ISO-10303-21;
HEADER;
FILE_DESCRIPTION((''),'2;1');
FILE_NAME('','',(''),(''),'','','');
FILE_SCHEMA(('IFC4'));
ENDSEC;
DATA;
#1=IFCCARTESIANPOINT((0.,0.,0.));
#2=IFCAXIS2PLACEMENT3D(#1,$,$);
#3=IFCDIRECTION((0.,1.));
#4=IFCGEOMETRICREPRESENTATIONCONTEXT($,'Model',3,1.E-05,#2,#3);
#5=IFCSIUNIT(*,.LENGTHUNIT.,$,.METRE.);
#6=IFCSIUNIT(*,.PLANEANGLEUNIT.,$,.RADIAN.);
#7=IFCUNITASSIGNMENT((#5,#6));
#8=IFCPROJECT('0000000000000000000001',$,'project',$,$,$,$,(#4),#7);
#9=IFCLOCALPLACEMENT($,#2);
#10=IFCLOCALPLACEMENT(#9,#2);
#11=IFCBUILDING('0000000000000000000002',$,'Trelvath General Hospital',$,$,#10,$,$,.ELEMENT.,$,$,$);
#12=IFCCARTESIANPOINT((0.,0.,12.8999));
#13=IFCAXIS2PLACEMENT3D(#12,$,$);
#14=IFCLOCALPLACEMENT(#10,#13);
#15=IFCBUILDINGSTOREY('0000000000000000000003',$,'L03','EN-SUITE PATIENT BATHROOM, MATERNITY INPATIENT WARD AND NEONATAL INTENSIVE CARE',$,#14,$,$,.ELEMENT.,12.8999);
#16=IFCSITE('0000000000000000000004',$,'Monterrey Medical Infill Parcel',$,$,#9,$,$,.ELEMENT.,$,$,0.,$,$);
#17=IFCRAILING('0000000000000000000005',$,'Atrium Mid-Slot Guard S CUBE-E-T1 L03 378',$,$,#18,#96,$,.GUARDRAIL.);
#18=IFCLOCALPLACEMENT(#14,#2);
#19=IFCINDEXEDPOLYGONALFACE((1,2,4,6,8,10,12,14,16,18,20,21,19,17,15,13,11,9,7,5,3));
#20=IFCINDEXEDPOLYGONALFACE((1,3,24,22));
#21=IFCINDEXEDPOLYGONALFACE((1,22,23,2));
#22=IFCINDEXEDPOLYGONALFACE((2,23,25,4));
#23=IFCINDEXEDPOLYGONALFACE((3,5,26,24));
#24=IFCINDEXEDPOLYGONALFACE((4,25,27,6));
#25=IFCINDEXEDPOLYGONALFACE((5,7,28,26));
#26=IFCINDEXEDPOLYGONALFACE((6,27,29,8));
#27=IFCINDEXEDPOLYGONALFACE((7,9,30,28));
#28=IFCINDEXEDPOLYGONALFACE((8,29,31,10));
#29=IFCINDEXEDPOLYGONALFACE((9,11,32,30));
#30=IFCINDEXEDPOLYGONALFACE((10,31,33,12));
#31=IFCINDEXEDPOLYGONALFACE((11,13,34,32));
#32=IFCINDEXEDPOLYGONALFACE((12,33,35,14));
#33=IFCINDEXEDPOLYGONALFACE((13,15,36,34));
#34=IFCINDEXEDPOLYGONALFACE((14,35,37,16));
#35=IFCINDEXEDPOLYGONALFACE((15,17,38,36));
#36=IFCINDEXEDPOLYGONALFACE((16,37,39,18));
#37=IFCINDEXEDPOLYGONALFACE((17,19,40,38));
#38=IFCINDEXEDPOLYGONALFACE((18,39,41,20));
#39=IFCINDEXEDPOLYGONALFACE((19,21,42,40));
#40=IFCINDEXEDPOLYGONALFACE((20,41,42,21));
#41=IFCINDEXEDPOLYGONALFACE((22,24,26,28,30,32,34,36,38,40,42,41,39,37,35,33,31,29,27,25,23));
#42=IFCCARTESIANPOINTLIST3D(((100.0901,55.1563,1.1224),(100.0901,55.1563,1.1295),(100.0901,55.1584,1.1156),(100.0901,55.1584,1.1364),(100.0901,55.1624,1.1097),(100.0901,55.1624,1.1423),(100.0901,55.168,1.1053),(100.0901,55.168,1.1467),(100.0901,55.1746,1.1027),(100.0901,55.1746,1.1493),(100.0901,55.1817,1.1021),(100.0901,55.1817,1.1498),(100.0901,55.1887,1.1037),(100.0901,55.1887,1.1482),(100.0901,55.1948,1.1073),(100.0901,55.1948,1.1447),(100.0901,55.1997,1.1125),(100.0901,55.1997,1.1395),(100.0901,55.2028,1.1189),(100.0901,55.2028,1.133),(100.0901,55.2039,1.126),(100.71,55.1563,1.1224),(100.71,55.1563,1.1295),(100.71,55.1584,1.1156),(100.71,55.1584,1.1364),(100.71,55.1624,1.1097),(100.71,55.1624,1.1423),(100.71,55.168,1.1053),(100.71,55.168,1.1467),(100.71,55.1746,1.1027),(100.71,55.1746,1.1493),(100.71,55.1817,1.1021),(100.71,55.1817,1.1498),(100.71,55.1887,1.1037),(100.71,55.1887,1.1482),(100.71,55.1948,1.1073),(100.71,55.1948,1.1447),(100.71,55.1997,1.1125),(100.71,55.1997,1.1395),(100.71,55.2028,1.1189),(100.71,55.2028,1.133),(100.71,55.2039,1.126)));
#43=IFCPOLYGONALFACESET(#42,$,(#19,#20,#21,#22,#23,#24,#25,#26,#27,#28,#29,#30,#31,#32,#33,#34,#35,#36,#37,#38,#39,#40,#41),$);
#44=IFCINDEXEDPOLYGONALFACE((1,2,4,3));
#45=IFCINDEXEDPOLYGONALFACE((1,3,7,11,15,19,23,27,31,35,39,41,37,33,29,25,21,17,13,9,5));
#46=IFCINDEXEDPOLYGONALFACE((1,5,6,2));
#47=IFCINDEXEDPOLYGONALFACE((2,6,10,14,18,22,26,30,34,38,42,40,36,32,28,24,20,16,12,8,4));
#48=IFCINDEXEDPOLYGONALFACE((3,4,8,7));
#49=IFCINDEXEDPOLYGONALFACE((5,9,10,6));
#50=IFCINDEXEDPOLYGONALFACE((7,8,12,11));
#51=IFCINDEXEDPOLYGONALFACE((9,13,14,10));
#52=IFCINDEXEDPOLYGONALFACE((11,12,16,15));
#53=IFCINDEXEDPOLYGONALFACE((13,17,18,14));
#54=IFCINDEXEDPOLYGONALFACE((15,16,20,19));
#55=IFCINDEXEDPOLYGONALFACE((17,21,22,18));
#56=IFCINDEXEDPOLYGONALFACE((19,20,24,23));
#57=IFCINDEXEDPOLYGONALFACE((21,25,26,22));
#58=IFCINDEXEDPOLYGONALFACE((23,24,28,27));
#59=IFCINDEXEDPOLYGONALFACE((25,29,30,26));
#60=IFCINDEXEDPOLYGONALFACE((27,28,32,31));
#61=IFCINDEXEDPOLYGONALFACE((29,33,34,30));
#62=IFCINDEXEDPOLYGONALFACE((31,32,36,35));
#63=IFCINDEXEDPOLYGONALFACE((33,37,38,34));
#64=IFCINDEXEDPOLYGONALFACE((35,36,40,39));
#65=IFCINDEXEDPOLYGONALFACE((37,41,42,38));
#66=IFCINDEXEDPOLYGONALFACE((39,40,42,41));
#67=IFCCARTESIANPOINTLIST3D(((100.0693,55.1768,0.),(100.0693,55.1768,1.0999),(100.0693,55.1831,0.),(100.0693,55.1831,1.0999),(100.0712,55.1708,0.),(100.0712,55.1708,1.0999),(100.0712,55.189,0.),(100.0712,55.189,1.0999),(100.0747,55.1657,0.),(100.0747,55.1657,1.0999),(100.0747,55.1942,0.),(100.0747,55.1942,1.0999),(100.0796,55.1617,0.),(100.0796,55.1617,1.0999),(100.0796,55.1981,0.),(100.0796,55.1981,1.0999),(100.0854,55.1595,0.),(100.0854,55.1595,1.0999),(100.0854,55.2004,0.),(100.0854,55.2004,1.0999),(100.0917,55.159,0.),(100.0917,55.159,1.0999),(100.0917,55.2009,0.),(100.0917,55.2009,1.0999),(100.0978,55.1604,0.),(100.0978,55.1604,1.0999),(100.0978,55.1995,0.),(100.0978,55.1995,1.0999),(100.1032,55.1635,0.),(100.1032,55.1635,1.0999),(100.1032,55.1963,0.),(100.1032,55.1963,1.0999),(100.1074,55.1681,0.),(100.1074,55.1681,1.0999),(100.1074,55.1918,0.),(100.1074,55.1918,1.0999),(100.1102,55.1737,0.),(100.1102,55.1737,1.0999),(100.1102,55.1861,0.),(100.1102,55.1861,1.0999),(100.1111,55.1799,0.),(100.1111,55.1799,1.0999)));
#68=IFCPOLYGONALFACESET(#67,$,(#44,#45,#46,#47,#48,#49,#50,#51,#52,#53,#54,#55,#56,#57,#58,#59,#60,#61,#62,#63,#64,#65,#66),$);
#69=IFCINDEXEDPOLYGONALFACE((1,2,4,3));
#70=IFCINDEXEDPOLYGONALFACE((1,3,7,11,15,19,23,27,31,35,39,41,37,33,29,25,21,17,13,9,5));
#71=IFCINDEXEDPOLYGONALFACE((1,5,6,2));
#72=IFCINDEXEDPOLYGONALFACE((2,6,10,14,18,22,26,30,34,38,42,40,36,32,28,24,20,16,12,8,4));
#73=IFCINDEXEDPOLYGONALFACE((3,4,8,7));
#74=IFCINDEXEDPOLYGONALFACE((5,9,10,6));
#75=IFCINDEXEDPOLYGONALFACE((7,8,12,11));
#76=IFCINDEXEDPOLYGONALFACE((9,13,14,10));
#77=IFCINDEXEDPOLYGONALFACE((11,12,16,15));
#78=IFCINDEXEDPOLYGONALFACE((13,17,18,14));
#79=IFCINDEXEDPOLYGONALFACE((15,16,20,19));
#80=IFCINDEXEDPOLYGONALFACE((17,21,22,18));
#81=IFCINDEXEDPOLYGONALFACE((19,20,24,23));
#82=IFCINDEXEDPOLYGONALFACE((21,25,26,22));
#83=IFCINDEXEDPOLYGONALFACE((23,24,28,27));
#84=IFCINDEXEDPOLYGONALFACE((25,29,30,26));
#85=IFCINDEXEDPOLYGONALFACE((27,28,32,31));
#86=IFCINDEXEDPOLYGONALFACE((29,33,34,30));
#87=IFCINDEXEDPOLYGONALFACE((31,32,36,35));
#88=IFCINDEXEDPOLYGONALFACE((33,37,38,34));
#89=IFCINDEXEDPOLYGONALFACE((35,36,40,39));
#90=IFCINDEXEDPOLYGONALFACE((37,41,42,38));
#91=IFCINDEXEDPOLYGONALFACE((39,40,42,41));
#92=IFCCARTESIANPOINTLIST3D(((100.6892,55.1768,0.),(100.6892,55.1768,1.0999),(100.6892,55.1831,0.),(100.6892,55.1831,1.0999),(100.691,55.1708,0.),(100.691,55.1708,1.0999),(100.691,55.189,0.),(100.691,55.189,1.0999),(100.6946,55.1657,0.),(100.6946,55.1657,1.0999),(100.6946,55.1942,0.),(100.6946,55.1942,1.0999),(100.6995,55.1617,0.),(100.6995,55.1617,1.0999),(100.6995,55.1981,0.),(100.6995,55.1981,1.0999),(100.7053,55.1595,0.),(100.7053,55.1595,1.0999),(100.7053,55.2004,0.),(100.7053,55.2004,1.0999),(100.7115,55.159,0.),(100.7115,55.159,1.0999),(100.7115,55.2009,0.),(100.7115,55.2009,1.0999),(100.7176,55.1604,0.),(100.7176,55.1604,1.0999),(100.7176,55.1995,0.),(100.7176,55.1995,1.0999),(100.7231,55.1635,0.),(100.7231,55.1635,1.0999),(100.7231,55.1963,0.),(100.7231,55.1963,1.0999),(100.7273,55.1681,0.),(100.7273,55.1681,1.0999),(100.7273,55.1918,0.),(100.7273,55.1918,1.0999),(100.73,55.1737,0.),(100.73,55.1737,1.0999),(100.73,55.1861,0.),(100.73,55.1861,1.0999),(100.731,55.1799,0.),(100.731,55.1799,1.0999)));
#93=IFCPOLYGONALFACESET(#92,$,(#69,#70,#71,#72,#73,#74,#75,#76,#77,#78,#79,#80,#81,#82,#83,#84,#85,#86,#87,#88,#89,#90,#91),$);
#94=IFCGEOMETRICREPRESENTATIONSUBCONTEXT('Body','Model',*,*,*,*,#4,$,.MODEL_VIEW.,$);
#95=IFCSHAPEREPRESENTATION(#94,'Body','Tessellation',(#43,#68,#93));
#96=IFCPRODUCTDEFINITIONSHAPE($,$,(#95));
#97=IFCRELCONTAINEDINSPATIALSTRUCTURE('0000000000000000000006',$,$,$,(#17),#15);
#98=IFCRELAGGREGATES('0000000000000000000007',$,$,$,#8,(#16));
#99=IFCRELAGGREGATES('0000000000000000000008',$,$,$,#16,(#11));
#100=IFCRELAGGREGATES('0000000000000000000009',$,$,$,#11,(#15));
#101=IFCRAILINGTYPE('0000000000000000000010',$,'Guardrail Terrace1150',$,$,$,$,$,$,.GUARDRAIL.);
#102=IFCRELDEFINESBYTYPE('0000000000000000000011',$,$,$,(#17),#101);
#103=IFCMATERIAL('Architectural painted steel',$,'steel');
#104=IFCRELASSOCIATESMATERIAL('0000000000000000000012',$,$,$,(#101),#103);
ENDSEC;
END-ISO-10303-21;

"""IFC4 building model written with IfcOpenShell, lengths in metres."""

from ifc_helpers import new_model, si_unit, direction, frame, origin, origin_2d, place, context, subcontext, project, spatial, circle, extrude, material, type_object, element, save


model = new_model("IFC4")

# Units and contexts
model_context = context("Model", 3, precision=1e-05, world=origin(), true_north=direction((0.0, 1.0)))
body_context = subcontext(model_context, "Body", "Model", "MODEL_VIEW")
ifc_project = project(units=[si_unit("LENGTHUNIT", "METRE"), si_unit("PLANEANGLEUNIT", "RADIAN")], contexts=[model_context])

# Site, building, storey
site_placement = place(None, origin())
site = spatial("IfcSite", under=ifc_project, at=site_placement, Name="Monterrey Medical Infill Parcel", CompositionType="ELEMENT", RefElevation=0.0)
building_placement = place(site_placement, origin())
building = spatial("IfcBuilding", under=site, at=building_placement, Name="Trelvath General Hospital", CompositionType="ELEMENT")
storey_placement = place(building_placement, frame((0.0, 0.0, 12.8999)))
storey = spatial("IfcBuildingStorey", under=building, at=storey_placement, Name="L03", Description="EN-SUITE PATIENT BATHROOM, MATERNITY INPATIENT WARD AND NEONATAL INTENSIVE CARE", CompositionType="ELEMENT", Elevation=12.8999)

# Railing
ifc_material_1 = material(Name="Architectural painted steel", Category="steel")
railing_type = type_object("IfcRailingType", Name="Guardrail Terrace1150", PredefinedType="GUARDRAIL", material=ifc_material_1)
railing_1_placement = place(storey_placement, frame((100.0901, 55.1799, 0.0)))
element("IfcRailing", 1, at=railing_1_placement, inside=storey, type_object=railing_type, Name="Atrium Mid-Slot Guard S CUBE-E-T1 L03 378", PredefinedType="GUARDRAIL", context=body_context, shape_type="SweptSolid", body=[
    extrude(circle(Radius=0.0239, at=origin_2d()), frame((0.0, 0.0, 1.126), z_axis=(1.0, 0.0, 0.0), x_axis=(0.0, 1.0, 0.0)), (0.0, 0.0, 1.0), 0.6199),
    extrude(circle(Radius=0.021, at=origin_2d()), origin(), (0.0, 0.0, 1.0), 1.0999),
    extrude(circle(Radius=0.021, at=origin_2d()), frame((0.6199, 0.0, 0.0)), (0.0, 0.0, 1.0), 1.0999),
])

save(model, "model.ifc")
